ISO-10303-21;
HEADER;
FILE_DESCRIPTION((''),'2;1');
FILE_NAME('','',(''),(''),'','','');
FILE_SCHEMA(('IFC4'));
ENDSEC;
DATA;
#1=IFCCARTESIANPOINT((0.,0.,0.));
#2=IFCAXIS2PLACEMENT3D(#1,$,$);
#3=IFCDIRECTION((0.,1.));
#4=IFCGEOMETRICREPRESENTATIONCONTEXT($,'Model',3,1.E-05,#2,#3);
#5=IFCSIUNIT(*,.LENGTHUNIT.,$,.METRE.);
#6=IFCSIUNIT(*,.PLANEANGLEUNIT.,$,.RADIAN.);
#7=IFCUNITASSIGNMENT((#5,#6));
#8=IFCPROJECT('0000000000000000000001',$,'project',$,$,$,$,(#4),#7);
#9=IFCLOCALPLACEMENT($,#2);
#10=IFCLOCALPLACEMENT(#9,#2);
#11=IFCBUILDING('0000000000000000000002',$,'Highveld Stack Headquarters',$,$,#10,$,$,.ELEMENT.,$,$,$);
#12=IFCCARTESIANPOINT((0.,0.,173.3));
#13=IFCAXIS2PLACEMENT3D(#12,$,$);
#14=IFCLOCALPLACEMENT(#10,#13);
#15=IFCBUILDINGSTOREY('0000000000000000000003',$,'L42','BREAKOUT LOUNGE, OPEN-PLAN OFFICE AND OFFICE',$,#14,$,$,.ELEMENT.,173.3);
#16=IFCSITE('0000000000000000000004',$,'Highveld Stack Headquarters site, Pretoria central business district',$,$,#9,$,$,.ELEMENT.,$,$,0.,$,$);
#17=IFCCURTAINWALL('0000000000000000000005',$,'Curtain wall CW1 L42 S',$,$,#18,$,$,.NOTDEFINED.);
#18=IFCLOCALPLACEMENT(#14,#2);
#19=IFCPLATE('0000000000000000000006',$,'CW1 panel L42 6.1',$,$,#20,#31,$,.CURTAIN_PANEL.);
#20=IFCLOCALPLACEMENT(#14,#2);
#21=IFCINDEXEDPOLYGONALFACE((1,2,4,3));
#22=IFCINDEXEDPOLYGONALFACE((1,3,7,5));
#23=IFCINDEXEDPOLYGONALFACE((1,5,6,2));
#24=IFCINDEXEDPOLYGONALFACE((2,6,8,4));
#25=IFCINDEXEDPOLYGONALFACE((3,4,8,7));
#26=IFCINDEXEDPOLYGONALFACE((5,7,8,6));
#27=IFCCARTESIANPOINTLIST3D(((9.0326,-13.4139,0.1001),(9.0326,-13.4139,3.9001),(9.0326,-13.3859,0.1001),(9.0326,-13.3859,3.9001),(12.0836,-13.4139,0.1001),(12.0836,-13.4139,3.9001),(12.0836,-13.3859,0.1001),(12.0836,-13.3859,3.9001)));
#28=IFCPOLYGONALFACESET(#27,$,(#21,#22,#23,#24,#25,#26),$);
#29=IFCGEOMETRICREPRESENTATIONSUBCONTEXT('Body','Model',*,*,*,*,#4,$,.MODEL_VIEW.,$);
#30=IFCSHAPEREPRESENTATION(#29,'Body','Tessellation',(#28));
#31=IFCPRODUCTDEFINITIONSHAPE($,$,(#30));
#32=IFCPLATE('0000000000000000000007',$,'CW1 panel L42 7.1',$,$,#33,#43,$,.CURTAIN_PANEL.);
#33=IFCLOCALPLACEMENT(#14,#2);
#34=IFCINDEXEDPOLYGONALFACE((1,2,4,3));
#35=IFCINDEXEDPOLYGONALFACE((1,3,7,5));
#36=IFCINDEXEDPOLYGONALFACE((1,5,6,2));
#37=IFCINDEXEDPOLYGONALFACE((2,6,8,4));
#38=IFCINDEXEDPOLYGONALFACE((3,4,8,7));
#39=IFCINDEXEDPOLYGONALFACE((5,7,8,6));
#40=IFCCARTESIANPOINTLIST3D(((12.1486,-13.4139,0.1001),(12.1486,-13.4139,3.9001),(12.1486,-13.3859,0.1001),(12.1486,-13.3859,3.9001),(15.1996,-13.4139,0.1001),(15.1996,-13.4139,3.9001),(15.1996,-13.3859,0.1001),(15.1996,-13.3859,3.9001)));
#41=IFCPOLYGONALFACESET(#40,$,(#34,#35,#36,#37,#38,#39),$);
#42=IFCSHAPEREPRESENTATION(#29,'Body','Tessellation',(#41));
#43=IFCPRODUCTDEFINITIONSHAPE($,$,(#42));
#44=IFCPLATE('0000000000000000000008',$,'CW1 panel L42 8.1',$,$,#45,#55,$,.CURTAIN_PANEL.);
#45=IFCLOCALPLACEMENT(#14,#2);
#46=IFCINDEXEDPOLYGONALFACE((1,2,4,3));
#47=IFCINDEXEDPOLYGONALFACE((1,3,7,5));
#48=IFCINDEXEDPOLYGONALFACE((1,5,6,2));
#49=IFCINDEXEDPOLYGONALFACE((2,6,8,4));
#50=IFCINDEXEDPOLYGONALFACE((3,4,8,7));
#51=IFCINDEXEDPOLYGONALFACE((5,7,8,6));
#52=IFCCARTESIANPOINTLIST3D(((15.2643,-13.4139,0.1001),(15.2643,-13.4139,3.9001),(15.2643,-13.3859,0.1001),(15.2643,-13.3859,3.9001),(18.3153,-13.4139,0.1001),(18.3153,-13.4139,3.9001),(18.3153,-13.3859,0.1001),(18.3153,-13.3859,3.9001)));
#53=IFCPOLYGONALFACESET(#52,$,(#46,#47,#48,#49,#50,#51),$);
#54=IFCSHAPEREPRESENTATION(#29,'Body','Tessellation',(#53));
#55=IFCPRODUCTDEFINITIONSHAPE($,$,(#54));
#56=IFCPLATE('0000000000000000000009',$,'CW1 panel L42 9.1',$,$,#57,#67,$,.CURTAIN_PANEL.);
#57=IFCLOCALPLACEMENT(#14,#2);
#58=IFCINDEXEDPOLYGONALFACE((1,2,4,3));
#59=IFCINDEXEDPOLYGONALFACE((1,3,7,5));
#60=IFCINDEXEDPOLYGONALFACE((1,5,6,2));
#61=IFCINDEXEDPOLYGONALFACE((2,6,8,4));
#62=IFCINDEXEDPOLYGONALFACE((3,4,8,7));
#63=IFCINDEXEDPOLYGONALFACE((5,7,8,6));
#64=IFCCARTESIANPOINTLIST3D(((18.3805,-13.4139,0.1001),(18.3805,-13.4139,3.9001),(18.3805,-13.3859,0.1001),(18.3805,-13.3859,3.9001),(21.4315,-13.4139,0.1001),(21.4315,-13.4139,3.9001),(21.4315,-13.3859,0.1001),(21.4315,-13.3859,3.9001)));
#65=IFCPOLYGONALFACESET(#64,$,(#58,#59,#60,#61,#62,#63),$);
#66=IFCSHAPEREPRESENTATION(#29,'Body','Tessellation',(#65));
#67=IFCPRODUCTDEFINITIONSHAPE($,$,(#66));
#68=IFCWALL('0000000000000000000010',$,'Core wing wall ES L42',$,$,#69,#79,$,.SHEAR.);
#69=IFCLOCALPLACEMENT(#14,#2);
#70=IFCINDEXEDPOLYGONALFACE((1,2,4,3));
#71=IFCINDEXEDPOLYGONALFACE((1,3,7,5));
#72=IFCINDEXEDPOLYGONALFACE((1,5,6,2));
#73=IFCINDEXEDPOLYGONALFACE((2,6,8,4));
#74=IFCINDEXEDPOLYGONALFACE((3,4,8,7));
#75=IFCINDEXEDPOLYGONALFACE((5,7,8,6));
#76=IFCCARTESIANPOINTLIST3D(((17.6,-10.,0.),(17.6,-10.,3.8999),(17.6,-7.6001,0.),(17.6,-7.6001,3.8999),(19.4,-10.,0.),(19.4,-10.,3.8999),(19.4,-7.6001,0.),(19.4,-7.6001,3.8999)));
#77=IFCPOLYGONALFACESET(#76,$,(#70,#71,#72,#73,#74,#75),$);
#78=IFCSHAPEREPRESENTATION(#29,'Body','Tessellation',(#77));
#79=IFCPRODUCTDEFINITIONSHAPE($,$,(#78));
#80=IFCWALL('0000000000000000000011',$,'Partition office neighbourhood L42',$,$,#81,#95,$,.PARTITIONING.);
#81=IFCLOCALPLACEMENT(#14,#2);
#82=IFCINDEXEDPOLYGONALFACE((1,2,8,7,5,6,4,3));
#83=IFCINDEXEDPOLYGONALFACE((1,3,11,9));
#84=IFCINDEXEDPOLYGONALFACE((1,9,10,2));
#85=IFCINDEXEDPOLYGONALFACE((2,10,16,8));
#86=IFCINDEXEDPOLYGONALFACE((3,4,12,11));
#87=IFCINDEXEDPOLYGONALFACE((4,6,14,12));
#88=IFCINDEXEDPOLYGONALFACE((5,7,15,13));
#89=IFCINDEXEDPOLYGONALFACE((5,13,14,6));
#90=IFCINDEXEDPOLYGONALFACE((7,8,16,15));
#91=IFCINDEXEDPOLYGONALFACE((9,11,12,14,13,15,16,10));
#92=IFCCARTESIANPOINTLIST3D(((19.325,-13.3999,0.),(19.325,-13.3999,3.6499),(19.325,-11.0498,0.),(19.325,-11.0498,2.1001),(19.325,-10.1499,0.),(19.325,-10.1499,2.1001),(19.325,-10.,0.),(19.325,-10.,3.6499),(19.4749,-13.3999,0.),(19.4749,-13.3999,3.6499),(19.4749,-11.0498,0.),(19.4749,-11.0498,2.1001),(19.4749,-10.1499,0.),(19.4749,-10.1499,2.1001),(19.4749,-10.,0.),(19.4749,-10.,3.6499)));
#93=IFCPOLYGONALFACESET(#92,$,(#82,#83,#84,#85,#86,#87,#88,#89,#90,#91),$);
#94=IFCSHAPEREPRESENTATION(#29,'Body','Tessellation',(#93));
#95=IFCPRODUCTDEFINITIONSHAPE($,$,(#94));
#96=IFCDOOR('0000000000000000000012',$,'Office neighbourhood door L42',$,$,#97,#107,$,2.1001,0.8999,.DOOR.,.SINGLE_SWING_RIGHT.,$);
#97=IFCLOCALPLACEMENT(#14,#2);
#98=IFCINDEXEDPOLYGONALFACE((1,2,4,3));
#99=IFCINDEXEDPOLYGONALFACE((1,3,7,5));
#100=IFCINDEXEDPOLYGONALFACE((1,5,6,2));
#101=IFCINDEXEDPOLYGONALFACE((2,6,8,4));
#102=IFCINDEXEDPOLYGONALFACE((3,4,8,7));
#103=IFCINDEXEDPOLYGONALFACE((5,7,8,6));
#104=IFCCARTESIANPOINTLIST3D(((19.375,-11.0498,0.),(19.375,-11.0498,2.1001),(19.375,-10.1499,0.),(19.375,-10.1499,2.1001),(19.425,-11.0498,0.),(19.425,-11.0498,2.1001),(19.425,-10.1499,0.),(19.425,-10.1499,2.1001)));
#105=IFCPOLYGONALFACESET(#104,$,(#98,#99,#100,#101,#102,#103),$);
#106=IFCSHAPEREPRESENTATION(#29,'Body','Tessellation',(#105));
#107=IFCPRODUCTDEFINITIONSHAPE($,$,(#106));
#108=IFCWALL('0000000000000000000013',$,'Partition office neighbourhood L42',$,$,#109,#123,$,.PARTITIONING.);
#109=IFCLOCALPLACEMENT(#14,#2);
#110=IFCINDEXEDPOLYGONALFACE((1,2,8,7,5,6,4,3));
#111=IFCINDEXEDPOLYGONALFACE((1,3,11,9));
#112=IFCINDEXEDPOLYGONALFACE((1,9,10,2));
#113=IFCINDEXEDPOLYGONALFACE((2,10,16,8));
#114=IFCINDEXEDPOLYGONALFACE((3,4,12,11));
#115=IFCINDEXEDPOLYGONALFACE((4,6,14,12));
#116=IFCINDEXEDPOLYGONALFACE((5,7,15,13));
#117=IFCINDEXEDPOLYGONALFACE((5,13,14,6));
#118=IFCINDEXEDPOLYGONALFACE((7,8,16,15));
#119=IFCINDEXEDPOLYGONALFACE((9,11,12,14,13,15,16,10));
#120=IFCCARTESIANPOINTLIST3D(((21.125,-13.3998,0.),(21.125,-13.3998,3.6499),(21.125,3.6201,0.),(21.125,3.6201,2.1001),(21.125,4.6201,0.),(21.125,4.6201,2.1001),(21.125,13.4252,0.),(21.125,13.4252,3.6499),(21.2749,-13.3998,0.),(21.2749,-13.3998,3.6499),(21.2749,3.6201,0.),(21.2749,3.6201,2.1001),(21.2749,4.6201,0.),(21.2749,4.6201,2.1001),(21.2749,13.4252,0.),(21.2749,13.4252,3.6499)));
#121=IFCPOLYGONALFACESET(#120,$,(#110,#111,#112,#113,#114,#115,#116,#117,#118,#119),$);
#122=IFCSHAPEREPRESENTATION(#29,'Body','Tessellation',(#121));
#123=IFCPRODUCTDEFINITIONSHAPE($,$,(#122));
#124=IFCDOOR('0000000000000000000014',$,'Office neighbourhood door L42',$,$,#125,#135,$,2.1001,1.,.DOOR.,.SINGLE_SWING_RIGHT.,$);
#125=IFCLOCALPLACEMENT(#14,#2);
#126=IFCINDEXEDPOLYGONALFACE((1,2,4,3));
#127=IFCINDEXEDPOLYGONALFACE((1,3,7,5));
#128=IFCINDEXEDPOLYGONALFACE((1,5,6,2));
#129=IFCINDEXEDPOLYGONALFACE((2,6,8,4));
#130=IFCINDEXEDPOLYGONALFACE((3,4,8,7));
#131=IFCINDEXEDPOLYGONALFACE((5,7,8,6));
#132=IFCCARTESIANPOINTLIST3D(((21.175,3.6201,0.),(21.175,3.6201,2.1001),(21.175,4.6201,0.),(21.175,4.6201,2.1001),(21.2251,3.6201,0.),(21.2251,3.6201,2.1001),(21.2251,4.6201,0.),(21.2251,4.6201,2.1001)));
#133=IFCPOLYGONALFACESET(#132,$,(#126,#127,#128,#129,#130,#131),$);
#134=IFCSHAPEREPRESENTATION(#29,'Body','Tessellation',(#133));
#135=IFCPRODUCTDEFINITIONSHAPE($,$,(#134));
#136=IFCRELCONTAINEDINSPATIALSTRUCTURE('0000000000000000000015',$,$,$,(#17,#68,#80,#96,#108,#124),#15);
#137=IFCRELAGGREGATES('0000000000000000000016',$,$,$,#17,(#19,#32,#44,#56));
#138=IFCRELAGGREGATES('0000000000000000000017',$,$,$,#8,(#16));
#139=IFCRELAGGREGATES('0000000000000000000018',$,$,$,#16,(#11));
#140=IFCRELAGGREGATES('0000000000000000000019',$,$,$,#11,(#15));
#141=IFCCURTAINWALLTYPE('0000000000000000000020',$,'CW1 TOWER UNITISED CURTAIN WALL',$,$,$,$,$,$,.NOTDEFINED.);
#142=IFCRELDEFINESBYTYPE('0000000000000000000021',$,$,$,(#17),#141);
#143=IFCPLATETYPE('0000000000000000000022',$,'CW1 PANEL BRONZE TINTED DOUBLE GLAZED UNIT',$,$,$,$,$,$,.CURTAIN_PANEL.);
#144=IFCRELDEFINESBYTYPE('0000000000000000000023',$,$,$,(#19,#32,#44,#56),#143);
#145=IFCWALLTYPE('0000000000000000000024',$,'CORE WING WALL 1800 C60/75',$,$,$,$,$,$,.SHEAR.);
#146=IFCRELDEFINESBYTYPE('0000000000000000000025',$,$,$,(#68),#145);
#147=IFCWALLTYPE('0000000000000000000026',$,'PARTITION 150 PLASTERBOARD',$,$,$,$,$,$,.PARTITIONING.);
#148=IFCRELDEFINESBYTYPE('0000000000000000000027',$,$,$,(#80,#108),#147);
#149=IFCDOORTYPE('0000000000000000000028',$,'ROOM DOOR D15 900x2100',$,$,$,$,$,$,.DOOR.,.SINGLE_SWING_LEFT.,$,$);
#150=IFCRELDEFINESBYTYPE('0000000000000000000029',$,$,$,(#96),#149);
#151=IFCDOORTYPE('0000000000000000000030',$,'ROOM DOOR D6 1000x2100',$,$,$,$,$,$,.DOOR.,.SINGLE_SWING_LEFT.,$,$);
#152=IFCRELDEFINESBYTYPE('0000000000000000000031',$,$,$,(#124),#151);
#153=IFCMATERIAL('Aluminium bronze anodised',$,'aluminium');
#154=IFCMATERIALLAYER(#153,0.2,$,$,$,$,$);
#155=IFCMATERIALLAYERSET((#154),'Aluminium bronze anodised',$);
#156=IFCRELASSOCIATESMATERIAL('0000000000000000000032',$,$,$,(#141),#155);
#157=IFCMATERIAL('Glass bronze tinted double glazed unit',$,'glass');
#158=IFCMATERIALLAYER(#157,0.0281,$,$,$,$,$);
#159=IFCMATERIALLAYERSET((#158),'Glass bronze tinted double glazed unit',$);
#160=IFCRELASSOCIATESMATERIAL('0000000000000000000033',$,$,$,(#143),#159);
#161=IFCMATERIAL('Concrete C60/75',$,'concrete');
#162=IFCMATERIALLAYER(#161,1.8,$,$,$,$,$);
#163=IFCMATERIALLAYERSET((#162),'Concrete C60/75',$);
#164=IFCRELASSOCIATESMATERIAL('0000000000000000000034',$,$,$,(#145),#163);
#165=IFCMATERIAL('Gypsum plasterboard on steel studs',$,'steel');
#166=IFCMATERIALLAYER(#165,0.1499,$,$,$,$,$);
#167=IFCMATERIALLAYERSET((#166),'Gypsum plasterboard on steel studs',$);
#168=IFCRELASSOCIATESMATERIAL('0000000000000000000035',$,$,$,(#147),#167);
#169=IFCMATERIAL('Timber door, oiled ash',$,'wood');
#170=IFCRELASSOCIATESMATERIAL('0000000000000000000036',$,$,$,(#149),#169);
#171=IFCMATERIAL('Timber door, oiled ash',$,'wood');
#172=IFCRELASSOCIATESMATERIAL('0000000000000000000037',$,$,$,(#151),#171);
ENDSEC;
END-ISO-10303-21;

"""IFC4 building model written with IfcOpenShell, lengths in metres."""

from ifc_helpers import new_model, si_unit, direction, frame, frame_2d, origin, origin_2d, place, context, subcontext, project, spatial, rectangle, extrude, material, layer, layer_set, type_object, element, fill, aggregate, save


model = new_model("IFC4")

# Units and contexts
model_context = context("Model", 3, precision=1e-05, world=origin(), true_north=direction((0.0, 1.0)))
body_context = subcontext(model_context, "Body", "Model", "MODEL_VIEW")
ifc_project = project(units=[si_unit("LENGTHUNIT", "METRE"), si_unit("PLANEANGLEUNIT", "RADIAN")], contexts=[model_context])

# Site, building, storey
site_placement = place(None, origin())
site = spatial("IfcSite", under=ifc_project, at=site_placement, Name="Highveld Stack Headquarters site, Pretoria central business district", CompositionType="ELEMENT", RefElevation=0.0)
building_placement = place(site_placement, origin())
building = spatial("IfcBuilding", under=site, at=building_placement, Name="Highveld Stack Headquarters", CompositionType="ELEMENT")
storey_placement = place(building_placement, frame((0.0, 0.0, 173.3)))
storey = spatial("IfcBuildingStorey", under=building, at=storey_placement, Name="L42", Description="BREAKOUT LOUNGE, OPEN-PLAN OFFICE AND OFFICE", CompositionType="ELEMENT", Elevation=173.3)

# Curtain wall, plates
ifc_material_1 = material(Name="Aluminium bronze anodised", Category="aluminium")
ifc_layer_1 = layer(ifc_material_1, 0.2)
ifc_layer_set_1 = layer_set([ifc_layer_1], Name="Aluminium bronze anodised")
curtain_wall_type = type_object("IfcCurtainWallType", Name="CW1 TOWER UNITISED CURTAIN WALL", PredefinedType="NOTDEFINED", material=ifc_layer_set_1)
curtain_wall_placement = place(storey_placement, origin())
curtain_wall = element("IfcCurtainWall", 1, at=curtain_wall_placement, inside=storey, type_object=curtain_wall_type, Name="Curtain wall CW1 L42 S", PredefinedType="NOTDEFINED")
ifc_material_2 = material(Name="Glass bronze tinted double glazed unit", Category="glass")
ifc_layer_2 = layer(ifc_material_2, 0.0281)
ifc_layer_set_2 = layer_set([ifc_layer_2], Name="Glass bronze tinted double glazed unit")
plate_type = type_object("IfcPlateType", Name="CW1 PANEL BRONZE TINTED DOUBLE GLAZED UNIT", PredefinedType="CURTAIN_PANEL", material=ifc_layer_set_2)
plate_1_placement = place(storey_placement, frame((10.5581, -13.3999, 0.1001), z_axis=(0.0, 0.0, 1.0), x_axis=(1.0, 0.0, 0.0)))
plate_1 = element("IfcPlate", 2, at=plate_1_placement, type_object=plate_type, Name="CW1 panel L42 6.1", PredefinedType="CURTAIN_PANEL", context=body_context, shape_type="SweptSolid", body=[
    extrude(rectangle(XDim=3.051, YDim=0.0281, at=origin_2d()), origin(), (0.0, 0.0, 1.0), 3.8),
])
plate_2_placement = place(storey_placement, frame((13.6741, -13.3999, 0.1001), z_axis=(0.0, 0.0, 1.0), x_axis=(1.0, 0.0, 0.0)))
plate_2 = element("IfcPlate", 3, at=plate_2_placement, type_object=plate_type, Name="CW1 panel L42 7.1", PredefinedType="CURTAIN_PANEL", context=body_context, shape_type="SweptSolid", body=[
    extrude(rectangle(XDim=3.051, YDim=0.0281, at=origin_2d()), origin(), (0.0, 0.0, 1.0), 3.8),
])
plate_3_placement = place(storey_placement, frame((16.7898, -13.3999, 0.1001), z_axis=(0.0, 0.0, 1.0), x_axis=(1.0, 0.0, 0.0)))
plate_3 = element("IfcPlate", 4, at=plate_3_placement, type_object=plate_type, Name="CW1 panel L42 8.1", PredefinedType="CURTAIN_PANEL", context=body_context, shape_type="SweptSolid", body=[
    extrude(rectangle(XDim=3.051, YDim=0.0281, at=origin_2d()), origin(), (0.0, 0.0, 1.0), 3.8),
])
plate_4_placement = place(storey_placement, frame((19.906, -13.3999, 0.1001), z_axis=(0.0, 0.0, 1.0), x_axis=(1.0, 0.0, 0.0)))
plate_4 = element("IfcPlate", 5, at=plate_4_placement, type_object=plate_type, Name="CW1 panel L42 9.1", PredefinedType="CURTAIN_PANEL", context=body_context, shape_type="SweptSolid", body=[
    extrude(rectangle(XDim=3.051, YDim=0.0281, at=origin_2d()), origin(), (0.0, 0.0, 1.0), 3.8),
])
aggregate(curtain_wall, [plate_1, plate_2, plate_3, plate_4])

# Wall
ifc_material_3 = material(Name="Concrete C60/75", Category="concrete")
ifc_layer_3 = layer(ifc_material_3, 1.8)
ifc_layer_set_3 = layer_set([ifc_layer_3], Name="Concrete C60/75")
wall_type_1 = type_object("IfcWallType", Name="CORE WING WALL 1800 C60/75", PredefinedType="SHEAR", material=ifc_layer_set_3)
wall_1_placement = place(storey_placement, frame((18.5, -10.0, 0.0), z_axis=(0.0, 0.0, 1.0), x_axis=(0.0, 1.0, 0.0)))
element("IfcWall", 6, at=wall_1_placement, inside=storey, type_object=wall_type_1, Name="Core wing wall ES L42", PredefinedType="SHEAR", context=body_context, shape_type="SweptSolid", body=[
    extrude(rectangle(XDim=2.3999, YDim=1.8, at=frame_2d((1.2, 0.0))), origin(), (0.0, 0.0, 1.0), 3.8999),
])

# Walls, openings, doors
ifc_material_4 = material(Name="Gypsum plasterboard on steel studs", Category="steel")
ifc_layer_4 = layer(ifc_material_4, 0.1499)
ifc_layer_set_4 = layer_set([ifc_layer_4], Name="Gypsum plasterboard on steel studs")
wall_type_2 = type_object("IfcWallType", Name="PARTITION 150 PLASTERBOARD", PredefinedType="PARTITIONING", material=ifc_layer_set_4)
wall_2_placement = place(storey_placement, frame((19.3999, -13.3999, 0.0), z_axis=(0.0, 0.0, 1.0), x_axis=(0.0, 1.0, 0.0)))
wall_2 = element("IfcWall", 7, at=wall_2_placement, inside=storey, type_object=wall_type_2, Name="Partition office neighbourhood L42", PredefinedType="PARTITIONING", context=body_context, shape_type="SweptSolid", body=[
    extrude(rectangle(XDim=3.3999, YDim=0.1499, at=frame_2d((1.7, 0.0))), origin(), (0.0, 0.0, 1.0), 3.6499),
])
opening_1_placement = place(wall_2_placement, frame((2.3501, 0.0, 0.0)))
opening_1 = element("IfcOpeningElement", 8, at=opening_1_placement, cuts=wall_2, PredefinedType="OPENING", context=body_context, shape_type="SweptSolid", body=[
    extrude(rectangle(XDim=0.8999, YDim=2.1001, at=frame_2d((0.45, 1.05))), frame((0.0, 0.085, 0.0), z_axis=(0.0, -1.0, 0.0), x_axis=(1.0, 0.0, 0.0)), (0.0, 0.0, 1.0), 0.1699),
])
ifc_material_5 = material(Name="Timber door, oiled ash", Category="wood")
door_type_1 = type_object("IfcDoorType", Name="ROOM DOOR D15 900x2100", OperationType="SINGLE_SWING_LEFT", PredefinedType="DOOR", material=ifc_material_5)
door_1_placement = place(opening_1_placement, origin())
door_1 = element("IfcDoor", 9, at=door_1_placement, inside=storey, type_object=door_type_1, Name="Office neighbourhood door L42", OperationType="SINGLE_SWING_RIGHT", OverallHeight=2.1001, OverallWidth=0.8999, PredefinedType="DOOR", context=body_context, shape_type="SweptSolid", body=[
    extrude(rectangle(XDim=0.8999, YDim=2.1001, at=frame_2d((0.45, 1.05))), frame((0.0, 0.0249, 0.0), z_axis=(0.0, -1.0, 0.0), x_axis=(1.0, 0.0, 0.0)), (0.0, 0.0, 1.0), 0.05),
])
fill(opening_1, door_1)
wall_3_placement = place(storey_placement, frame((21.2, -13.3999, 0.0), z_axis=(0.0, 0.0, 1.0), x_axis=(0.0, 1.0, 0.0)))
wall_3 = element("IfcWall", 10, at=wall_3_placement, inside=storey, type_object=wall_type_2, Name="Partition office neighbourhood L42", PredefinedType="PARTITIONING", context=body_context, shape_type="SweptSolid", body=[
    extrude(rectangle(XDim=26.825, YDim=0.1499, at=frame_2d((13.4126, 0.0))), origin(), (0.0, 0.0, 1.0), 3.6499),
])
opening_2_placement = place(wall_3_placement, frame((17.02, 0.0, 0.0)))
opening_2 = element("IfcOpeningElement", 11, at=opening_2_placement, cuts=wall_3, PredefinedType="OPENING", context=body_context, shape_type="SweptSolid", body=[
    extrude(rectangle(XDim=1.0, YDim=2.1001, at=frame_2d((0.5, 1.05))), frame((0.0, 0.085, 0.0), z_axis=(0.0, -1.0, 0.0), x_axis=(1.0, 0.0, 0.0)), (0.0, 0.0, 1.0), 0.1699),
])
ifc_material_6 = material(Name="Timber door, oiled ash", Category="wood")
door_type_2 = type_object("IfcDoorType", Name="ROOM DOOR D6 1000x2100", OperationType="SINGLE_SWING_LEFT", PredefinedType="DOOR", material=ifc_material_6)
door_2_placement = place(opening_2_placement, origin())
door_2 = element("IfcDoor", 12, at=door_2_placement, inside=storey, type_object=door_type_2, Name="Office neighbourhood door L42", OperationType="SINGLE_SWING_RIGHT", OverallHeight=2.1001, OverallWidth=1.0, PredefinedType="DOOR", context=body_context, shape_type="SweptSolid", body=[
    extrude(rectangle(XDim=1.0, YDim=2.1001, at=frame_2d((0.5, 1.05))), frame((0.0, 0.0249, 0.0), z_axis=(0.0, -1.0, 0.0), x_axis=(1.0, 0.0, 0.0)), (0.0, 0.0, 1.0), 0.05),
])
fill(opening_2, door_2)

save(model, "model.ifc")
